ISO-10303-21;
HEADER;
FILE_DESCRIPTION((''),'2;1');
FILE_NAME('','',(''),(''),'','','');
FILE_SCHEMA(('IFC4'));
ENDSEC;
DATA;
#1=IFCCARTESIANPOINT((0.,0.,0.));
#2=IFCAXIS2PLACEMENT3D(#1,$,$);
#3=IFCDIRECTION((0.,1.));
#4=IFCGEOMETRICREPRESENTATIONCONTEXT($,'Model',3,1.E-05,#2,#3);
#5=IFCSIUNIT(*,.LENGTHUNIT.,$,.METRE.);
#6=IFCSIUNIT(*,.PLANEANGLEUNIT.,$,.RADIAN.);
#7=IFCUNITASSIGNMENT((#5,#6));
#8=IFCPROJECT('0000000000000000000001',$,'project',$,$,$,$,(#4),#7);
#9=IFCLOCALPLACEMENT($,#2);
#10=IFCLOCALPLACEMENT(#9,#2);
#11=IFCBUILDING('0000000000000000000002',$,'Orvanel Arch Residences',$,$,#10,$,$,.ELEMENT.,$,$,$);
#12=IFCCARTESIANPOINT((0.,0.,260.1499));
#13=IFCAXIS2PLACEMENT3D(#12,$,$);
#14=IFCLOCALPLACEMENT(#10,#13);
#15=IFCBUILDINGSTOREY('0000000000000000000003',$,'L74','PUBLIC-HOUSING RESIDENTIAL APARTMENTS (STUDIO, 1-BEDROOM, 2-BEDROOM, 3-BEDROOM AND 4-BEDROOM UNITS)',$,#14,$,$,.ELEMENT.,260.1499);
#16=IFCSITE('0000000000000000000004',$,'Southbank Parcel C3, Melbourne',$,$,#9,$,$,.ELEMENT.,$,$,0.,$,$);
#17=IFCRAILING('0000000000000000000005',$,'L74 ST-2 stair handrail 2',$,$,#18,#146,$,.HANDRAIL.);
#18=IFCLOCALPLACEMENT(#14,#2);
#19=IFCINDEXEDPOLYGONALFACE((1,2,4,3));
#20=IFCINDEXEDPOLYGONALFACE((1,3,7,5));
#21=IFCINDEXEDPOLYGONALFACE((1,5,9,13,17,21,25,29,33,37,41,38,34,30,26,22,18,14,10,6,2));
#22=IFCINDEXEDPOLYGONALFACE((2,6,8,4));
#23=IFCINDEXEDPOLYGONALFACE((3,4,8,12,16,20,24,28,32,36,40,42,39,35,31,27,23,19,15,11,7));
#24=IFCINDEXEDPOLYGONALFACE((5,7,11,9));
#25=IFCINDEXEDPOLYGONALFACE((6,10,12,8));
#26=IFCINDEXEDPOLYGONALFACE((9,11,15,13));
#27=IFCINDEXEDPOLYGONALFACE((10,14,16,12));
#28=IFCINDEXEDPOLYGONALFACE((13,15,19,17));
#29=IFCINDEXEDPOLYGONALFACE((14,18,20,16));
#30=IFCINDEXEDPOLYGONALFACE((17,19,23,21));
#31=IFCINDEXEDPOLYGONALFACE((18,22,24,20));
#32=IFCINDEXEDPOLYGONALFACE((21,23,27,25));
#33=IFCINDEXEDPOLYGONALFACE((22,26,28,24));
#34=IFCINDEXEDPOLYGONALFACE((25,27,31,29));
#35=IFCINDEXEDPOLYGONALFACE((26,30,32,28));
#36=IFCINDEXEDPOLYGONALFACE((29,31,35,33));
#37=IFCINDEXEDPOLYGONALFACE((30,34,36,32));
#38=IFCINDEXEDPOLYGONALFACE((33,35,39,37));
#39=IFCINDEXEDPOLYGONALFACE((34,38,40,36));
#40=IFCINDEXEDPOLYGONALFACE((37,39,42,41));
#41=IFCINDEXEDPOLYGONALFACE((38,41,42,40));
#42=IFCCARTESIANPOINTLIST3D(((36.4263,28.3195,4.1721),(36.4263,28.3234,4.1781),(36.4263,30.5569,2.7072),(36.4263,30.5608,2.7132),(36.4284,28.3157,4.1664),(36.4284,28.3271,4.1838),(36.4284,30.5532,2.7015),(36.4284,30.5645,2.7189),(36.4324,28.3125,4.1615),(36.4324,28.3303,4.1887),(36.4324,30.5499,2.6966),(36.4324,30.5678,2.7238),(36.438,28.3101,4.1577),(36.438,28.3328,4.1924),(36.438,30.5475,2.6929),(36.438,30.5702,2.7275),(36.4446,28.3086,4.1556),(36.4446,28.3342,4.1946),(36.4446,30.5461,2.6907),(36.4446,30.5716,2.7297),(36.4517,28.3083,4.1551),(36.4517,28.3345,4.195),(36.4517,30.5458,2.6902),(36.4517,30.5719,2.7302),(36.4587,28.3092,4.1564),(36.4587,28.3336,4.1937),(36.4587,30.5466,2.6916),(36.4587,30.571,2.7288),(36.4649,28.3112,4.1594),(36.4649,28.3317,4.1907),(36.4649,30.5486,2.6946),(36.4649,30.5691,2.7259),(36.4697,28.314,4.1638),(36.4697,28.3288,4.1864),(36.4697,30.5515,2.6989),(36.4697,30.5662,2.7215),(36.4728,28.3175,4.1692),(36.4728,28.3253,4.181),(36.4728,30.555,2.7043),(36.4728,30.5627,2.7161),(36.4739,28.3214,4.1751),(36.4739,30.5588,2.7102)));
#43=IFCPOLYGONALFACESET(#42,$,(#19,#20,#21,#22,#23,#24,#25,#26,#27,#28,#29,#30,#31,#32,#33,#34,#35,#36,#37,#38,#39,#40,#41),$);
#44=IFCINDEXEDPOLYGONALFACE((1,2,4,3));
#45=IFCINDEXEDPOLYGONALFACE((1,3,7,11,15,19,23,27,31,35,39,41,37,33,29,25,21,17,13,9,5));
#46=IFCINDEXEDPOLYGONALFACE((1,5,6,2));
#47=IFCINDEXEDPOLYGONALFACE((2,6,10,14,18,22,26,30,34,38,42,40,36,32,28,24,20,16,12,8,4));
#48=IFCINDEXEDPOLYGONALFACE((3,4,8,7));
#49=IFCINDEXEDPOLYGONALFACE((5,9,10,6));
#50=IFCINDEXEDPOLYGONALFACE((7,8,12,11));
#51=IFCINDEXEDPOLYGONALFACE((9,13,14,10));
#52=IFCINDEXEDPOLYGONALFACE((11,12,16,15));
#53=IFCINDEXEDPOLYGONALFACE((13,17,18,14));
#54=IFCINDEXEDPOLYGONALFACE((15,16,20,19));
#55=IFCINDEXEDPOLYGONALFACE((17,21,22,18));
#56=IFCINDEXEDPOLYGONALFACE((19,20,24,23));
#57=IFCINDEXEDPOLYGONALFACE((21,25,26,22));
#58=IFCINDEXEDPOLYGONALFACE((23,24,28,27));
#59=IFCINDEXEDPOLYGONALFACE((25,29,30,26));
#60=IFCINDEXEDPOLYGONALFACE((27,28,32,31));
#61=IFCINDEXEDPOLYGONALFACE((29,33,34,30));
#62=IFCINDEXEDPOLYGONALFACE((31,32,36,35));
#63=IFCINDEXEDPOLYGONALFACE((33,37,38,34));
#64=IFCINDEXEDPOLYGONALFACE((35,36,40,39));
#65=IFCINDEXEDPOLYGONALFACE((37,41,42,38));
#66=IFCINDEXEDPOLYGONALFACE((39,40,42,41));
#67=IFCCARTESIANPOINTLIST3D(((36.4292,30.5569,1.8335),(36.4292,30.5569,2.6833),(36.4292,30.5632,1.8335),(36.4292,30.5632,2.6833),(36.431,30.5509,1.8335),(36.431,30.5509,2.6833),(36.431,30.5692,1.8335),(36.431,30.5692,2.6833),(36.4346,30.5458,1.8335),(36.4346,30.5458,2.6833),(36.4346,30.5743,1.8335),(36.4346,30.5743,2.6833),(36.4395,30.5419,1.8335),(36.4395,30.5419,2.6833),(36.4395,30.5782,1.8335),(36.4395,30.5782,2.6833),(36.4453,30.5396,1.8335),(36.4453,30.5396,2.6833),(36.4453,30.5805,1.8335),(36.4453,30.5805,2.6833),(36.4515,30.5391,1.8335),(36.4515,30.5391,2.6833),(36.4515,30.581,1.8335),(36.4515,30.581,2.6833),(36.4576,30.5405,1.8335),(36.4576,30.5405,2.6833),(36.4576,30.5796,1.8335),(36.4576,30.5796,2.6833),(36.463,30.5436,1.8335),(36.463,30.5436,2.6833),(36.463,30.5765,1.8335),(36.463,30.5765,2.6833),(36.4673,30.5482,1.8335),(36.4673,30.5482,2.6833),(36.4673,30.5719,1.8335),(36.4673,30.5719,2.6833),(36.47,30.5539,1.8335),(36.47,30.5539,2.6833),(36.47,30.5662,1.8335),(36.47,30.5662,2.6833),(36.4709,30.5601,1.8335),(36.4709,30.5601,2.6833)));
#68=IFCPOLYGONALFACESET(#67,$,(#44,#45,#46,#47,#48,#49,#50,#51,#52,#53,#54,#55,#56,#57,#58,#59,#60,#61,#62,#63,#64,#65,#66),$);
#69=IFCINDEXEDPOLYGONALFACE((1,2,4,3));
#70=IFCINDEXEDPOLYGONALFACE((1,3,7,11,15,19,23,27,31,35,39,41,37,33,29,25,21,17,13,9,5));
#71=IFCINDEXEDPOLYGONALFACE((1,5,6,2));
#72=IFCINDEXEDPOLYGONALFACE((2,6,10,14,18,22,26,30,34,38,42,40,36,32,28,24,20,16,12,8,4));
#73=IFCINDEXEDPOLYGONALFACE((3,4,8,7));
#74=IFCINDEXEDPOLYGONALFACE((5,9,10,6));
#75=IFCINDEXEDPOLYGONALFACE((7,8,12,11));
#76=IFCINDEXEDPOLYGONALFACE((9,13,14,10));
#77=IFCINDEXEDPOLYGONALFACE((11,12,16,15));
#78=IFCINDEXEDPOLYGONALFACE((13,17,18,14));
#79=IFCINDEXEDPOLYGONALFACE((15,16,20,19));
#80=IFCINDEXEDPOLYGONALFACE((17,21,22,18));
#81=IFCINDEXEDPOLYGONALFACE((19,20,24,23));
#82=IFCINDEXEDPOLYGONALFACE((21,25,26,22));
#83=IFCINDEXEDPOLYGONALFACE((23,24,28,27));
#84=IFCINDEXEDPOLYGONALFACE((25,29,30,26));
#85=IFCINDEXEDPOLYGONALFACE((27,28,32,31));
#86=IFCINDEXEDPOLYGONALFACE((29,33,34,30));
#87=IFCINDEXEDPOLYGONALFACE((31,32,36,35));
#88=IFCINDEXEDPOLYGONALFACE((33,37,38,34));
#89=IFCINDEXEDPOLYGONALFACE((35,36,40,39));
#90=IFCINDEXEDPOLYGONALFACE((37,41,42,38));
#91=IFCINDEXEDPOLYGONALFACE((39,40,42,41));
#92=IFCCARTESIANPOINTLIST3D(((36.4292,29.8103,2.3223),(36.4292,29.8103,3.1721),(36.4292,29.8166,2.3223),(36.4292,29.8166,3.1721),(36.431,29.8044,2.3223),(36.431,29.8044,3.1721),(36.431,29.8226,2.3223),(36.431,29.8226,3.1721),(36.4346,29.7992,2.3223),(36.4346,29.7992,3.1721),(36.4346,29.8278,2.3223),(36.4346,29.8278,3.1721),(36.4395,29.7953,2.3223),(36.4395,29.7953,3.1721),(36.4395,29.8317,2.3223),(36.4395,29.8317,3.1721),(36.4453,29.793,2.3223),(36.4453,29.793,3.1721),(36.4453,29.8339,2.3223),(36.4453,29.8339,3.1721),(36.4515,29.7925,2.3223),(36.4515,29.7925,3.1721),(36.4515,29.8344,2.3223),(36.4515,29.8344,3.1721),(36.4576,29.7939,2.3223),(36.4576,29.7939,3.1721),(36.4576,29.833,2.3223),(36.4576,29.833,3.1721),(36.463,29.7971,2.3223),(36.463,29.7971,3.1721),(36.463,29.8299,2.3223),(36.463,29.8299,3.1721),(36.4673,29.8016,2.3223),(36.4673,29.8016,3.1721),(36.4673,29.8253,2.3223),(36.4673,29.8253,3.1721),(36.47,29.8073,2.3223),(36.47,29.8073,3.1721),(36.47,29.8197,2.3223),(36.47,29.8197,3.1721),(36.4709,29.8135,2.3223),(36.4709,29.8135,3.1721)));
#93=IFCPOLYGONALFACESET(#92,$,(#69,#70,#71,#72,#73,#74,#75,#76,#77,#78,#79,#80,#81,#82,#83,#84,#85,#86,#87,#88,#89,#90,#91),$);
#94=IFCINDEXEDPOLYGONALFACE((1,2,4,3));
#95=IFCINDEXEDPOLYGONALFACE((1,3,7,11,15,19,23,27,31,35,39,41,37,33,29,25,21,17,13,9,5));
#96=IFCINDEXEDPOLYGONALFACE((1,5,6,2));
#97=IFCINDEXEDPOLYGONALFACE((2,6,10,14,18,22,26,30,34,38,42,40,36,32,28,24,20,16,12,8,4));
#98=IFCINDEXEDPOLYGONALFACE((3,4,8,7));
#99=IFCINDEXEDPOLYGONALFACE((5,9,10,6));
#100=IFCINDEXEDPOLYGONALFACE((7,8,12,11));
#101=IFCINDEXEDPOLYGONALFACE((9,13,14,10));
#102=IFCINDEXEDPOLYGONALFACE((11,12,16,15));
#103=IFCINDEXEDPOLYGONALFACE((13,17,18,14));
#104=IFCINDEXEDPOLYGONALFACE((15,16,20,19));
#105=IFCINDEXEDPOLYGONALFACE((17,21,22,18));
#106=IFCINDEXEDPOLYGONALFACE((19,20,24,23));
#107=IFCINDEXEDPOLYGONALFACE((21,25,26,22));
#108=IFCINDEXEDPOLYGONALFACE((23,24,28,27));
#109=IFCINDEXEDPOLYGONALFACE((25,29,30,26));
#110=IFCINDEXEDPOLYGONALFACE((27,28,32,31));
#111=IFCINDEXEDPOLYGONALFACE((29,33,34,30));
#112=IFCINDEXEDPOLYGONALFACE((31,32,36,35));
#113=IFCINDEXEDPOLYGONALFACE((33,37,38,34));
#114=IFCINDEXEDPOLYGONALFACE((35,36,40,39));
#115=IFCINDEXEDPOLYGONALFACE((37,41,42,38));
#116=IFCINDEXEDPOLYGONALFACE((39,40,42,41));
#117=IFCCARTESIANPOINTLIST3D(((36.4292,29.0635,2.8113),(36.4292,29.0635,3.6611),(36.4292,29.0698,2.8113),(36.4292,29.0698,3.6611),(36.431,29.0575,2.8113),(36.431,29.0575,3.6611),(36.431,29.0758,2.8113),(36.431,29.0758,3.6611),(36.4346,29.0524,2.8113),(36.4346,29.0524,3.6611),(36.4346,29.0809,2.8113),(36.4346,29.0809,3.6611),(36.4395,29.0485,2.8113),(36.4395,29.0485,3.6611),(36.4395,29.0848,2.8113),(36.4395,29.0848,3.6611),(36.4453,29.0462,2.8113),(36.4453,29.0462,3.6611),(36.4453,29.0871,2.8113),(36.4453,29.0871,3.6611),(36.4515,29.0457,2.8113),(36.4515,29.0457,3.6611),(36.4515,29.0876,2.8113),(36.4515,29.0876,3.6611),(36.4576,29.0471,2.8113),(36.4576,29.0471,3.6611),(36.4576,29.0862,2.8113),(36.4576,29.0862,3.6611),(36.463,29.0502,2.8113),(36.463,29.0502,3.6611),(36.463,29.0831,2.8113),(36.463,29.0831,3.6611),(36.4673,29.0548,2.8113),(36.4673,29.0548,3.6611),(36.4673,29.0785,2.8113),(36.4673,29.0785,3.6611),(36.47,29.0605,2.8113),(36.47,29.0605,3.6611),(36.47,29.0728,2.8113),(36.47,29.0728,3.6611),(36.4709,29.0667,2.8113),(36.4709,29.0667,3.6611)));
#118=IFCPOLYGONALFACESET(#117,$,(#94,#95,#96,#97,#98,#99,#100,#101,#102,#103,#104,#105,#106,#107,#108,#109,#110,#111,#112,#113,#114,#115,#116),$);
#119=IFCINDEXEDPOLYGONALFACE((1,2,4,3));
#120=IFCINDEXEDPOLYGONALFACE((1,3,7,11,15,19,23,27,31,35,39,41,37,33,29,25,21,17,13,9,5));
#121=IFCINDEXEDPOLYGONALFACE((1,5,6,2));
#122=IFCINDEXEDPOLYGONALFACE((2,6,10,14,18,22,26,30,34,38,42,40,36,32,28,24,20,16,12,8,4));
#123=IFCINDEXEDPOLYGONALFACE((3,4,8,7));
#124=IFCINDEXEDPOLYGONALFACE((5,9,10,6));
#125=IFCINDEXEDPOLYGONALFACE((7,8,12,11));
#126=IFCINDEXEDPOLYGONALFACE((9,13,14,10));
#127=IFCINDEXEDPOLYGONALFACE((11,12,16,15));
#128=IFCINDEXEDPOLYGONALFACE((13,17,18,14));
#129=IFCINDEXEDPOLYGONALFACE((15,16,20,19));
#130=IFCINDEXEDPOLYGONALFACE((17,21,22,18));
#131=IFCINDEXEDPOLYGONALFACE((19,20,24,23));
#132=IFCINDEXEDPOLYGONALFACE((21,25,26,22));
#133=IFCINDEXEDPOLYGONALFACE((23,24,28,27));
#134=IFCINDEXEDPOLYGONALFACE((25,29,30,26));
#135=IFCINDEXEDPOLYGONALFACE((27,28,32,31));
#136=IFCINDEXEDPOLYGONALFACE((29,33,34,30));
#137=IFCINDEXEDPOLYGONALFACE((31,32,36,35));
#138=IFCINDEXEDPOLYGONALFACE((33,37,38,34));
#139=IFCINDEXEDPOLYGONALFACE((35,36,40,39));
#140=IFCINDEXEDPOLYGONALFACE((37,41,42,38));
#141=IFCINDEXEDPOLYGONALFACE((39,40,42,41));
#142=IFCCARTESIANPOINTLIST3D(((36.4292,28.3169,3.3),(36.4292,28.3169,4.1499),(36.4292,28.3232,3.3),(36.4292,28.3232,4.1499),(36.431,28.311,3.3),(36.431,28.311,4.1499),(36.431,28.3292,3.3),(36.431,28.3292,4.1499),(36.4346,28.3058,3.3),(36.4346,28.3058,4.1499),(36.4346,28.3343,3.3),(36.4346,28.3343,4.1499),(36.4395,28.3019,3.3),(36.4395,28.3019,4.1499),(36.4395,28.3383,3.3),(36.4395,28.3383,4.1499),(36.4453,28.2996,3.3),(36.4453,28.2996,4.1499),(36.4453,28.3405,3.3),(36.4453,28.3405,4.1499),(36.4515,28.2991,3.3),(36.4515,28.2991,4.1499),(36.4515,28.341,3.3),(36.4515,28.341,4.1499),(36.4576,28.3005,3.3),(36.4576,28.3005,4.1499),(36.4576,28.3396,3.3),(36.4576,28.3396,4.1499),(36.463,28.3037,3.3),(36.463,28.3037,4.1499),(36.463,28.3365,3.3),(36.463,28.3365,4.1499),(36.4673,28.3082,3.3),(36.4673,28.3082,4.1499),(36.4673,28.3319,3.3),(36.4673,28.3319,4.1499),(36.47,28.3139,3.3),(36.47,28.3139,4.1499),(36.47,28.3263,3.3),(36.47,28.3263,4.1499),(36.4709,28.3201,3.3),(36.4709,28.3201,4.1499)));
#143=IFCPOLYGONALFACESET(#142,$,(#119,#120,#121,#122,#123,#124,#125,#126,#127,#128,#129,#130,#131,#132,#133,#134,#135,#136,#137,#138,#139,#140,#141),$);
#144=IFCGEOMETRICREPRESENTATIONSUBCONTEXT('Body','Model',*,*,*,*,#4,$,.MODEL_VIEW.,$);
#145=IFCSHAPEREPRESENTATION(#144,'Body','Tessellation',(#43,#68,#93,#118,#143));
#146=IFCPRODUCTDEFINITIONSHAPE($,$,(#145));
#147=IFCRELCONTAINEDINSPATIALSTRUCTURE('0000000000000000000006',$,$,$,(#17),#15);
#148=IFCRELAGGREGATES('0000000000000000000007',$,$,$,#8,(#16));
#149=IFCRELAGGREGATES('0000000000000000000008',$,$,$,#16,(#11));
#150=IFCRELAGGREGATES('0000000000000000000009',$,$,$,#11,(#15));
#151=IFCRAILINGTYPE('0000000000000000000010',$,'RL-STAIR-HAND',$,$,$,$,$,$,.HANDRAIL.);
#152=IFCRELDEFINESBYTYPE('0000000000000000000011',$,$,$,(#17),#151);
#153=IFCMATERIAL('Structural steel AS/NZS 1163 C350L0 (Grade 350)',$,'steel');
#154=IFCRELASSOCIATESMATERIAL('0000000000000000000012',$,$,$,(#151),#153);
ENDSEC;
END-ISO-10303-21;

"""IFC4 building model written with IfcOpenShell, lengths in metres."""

from ifc_helpers import new_model, si_unit, direction, frame, origin, origin_2d, place, context, subcontext, project, spatial, circle, extrude, material, type_object, element, save


model = new_model("IFC4")

# Units and contexts
model_context = context("Model", 3, precision=1e-05, world=origin(), true_north=direction((0.0, 1.0)))
body_context = subcontext(model_context, "Body", "Model", "MODEL_VIEW")
ifc_project = project(units=[si_unit("LENGTHUNIT", "METRE"), si_unit("PLANEANGLEUNIT", "RADIAN")], contexts=[model_context])

# Site, building, storey
site_placement = place(None, origin())
site = spatial("IfcSite", under=ifc_project, at=site_placement, Name="Southbank Parcel C3, Melbourne", CompositionType="ELEMENT", RefElevation=0.0)
building_placement = place(site_placement, origin())
building = spatial("IfcBuilding", under=site, at=building_placement, Name="Orvanel Arch Residences", CompositionType="ELEMENT")
storey_placement = place(building_placement, frame((0.0, 0.0, 260.1499)))
storey = spatial("IfcBuildingStorey", under=building, at=storey_placement, Name="L74", Description="PUBLIC-HOUSING RESIDENTIAL APARTMENTS (STUDIO, 1-BEDROOM, 2-BEDROOM, 3-BEDROOM AND 4-BEDROOM UNITS)", CompositionType="ELEMENT", Elevation=260.1499)

# Railing
ifc_material_1 = material(Name="Structural steel AS/NZS 1163 C350L0 (Grade 350)", Category="steel")
railing_type_1 = type_object("IfcRailingType", Name="RL-STAIR-HAND", PredefinedType="HANDRAIL", material=ifc_material_1)
railing_1_placement = place(storey_placement, frame((36.45, 30.5601, 1.8335)))
element("IfcRailing", 1, at=railing_1_placement, inside=storey, type_object=railing_type_1, Name="L74 ST-2 stair handrail 2", PredefinedType="HANDRAIL", context=body_context, shape_type="SweptSolid", body=[
    extrude(circle(Radius=0.0239, at=origin_2d()), frame((0.0, -0.0012, 0.8767), z_axis=(0.0, -0.836637, 0.547758), x_axis=(1.0, 0.0, 0.0)), (0.0, 0.0, 1.0), 2.6743),
    extrude(circle(Radius=0.021, at=origin_2d()), origin(), (0.0, 0.0, 1.0), 0.8499),
    extrude(circle(Radius=0.021, at=origin_2d()), frame((0.0, -0.7466, 0.4888)), (0.0, 0.0, 1.0), 0.8499),
    extrude(circle(Radius=0.021, at=origin_2d()), frame((0.0, -1.4934, 0.9778)), (0.0, 0.0, 1.0), 0.8499),
    extrude(circle(Radius=0.021, at=origin_2d()), frame((0.0, -2.24, 1.4666)), (0.0, 0.0, 1.0), 0.8499),
])

save(model, "model.ifc")
